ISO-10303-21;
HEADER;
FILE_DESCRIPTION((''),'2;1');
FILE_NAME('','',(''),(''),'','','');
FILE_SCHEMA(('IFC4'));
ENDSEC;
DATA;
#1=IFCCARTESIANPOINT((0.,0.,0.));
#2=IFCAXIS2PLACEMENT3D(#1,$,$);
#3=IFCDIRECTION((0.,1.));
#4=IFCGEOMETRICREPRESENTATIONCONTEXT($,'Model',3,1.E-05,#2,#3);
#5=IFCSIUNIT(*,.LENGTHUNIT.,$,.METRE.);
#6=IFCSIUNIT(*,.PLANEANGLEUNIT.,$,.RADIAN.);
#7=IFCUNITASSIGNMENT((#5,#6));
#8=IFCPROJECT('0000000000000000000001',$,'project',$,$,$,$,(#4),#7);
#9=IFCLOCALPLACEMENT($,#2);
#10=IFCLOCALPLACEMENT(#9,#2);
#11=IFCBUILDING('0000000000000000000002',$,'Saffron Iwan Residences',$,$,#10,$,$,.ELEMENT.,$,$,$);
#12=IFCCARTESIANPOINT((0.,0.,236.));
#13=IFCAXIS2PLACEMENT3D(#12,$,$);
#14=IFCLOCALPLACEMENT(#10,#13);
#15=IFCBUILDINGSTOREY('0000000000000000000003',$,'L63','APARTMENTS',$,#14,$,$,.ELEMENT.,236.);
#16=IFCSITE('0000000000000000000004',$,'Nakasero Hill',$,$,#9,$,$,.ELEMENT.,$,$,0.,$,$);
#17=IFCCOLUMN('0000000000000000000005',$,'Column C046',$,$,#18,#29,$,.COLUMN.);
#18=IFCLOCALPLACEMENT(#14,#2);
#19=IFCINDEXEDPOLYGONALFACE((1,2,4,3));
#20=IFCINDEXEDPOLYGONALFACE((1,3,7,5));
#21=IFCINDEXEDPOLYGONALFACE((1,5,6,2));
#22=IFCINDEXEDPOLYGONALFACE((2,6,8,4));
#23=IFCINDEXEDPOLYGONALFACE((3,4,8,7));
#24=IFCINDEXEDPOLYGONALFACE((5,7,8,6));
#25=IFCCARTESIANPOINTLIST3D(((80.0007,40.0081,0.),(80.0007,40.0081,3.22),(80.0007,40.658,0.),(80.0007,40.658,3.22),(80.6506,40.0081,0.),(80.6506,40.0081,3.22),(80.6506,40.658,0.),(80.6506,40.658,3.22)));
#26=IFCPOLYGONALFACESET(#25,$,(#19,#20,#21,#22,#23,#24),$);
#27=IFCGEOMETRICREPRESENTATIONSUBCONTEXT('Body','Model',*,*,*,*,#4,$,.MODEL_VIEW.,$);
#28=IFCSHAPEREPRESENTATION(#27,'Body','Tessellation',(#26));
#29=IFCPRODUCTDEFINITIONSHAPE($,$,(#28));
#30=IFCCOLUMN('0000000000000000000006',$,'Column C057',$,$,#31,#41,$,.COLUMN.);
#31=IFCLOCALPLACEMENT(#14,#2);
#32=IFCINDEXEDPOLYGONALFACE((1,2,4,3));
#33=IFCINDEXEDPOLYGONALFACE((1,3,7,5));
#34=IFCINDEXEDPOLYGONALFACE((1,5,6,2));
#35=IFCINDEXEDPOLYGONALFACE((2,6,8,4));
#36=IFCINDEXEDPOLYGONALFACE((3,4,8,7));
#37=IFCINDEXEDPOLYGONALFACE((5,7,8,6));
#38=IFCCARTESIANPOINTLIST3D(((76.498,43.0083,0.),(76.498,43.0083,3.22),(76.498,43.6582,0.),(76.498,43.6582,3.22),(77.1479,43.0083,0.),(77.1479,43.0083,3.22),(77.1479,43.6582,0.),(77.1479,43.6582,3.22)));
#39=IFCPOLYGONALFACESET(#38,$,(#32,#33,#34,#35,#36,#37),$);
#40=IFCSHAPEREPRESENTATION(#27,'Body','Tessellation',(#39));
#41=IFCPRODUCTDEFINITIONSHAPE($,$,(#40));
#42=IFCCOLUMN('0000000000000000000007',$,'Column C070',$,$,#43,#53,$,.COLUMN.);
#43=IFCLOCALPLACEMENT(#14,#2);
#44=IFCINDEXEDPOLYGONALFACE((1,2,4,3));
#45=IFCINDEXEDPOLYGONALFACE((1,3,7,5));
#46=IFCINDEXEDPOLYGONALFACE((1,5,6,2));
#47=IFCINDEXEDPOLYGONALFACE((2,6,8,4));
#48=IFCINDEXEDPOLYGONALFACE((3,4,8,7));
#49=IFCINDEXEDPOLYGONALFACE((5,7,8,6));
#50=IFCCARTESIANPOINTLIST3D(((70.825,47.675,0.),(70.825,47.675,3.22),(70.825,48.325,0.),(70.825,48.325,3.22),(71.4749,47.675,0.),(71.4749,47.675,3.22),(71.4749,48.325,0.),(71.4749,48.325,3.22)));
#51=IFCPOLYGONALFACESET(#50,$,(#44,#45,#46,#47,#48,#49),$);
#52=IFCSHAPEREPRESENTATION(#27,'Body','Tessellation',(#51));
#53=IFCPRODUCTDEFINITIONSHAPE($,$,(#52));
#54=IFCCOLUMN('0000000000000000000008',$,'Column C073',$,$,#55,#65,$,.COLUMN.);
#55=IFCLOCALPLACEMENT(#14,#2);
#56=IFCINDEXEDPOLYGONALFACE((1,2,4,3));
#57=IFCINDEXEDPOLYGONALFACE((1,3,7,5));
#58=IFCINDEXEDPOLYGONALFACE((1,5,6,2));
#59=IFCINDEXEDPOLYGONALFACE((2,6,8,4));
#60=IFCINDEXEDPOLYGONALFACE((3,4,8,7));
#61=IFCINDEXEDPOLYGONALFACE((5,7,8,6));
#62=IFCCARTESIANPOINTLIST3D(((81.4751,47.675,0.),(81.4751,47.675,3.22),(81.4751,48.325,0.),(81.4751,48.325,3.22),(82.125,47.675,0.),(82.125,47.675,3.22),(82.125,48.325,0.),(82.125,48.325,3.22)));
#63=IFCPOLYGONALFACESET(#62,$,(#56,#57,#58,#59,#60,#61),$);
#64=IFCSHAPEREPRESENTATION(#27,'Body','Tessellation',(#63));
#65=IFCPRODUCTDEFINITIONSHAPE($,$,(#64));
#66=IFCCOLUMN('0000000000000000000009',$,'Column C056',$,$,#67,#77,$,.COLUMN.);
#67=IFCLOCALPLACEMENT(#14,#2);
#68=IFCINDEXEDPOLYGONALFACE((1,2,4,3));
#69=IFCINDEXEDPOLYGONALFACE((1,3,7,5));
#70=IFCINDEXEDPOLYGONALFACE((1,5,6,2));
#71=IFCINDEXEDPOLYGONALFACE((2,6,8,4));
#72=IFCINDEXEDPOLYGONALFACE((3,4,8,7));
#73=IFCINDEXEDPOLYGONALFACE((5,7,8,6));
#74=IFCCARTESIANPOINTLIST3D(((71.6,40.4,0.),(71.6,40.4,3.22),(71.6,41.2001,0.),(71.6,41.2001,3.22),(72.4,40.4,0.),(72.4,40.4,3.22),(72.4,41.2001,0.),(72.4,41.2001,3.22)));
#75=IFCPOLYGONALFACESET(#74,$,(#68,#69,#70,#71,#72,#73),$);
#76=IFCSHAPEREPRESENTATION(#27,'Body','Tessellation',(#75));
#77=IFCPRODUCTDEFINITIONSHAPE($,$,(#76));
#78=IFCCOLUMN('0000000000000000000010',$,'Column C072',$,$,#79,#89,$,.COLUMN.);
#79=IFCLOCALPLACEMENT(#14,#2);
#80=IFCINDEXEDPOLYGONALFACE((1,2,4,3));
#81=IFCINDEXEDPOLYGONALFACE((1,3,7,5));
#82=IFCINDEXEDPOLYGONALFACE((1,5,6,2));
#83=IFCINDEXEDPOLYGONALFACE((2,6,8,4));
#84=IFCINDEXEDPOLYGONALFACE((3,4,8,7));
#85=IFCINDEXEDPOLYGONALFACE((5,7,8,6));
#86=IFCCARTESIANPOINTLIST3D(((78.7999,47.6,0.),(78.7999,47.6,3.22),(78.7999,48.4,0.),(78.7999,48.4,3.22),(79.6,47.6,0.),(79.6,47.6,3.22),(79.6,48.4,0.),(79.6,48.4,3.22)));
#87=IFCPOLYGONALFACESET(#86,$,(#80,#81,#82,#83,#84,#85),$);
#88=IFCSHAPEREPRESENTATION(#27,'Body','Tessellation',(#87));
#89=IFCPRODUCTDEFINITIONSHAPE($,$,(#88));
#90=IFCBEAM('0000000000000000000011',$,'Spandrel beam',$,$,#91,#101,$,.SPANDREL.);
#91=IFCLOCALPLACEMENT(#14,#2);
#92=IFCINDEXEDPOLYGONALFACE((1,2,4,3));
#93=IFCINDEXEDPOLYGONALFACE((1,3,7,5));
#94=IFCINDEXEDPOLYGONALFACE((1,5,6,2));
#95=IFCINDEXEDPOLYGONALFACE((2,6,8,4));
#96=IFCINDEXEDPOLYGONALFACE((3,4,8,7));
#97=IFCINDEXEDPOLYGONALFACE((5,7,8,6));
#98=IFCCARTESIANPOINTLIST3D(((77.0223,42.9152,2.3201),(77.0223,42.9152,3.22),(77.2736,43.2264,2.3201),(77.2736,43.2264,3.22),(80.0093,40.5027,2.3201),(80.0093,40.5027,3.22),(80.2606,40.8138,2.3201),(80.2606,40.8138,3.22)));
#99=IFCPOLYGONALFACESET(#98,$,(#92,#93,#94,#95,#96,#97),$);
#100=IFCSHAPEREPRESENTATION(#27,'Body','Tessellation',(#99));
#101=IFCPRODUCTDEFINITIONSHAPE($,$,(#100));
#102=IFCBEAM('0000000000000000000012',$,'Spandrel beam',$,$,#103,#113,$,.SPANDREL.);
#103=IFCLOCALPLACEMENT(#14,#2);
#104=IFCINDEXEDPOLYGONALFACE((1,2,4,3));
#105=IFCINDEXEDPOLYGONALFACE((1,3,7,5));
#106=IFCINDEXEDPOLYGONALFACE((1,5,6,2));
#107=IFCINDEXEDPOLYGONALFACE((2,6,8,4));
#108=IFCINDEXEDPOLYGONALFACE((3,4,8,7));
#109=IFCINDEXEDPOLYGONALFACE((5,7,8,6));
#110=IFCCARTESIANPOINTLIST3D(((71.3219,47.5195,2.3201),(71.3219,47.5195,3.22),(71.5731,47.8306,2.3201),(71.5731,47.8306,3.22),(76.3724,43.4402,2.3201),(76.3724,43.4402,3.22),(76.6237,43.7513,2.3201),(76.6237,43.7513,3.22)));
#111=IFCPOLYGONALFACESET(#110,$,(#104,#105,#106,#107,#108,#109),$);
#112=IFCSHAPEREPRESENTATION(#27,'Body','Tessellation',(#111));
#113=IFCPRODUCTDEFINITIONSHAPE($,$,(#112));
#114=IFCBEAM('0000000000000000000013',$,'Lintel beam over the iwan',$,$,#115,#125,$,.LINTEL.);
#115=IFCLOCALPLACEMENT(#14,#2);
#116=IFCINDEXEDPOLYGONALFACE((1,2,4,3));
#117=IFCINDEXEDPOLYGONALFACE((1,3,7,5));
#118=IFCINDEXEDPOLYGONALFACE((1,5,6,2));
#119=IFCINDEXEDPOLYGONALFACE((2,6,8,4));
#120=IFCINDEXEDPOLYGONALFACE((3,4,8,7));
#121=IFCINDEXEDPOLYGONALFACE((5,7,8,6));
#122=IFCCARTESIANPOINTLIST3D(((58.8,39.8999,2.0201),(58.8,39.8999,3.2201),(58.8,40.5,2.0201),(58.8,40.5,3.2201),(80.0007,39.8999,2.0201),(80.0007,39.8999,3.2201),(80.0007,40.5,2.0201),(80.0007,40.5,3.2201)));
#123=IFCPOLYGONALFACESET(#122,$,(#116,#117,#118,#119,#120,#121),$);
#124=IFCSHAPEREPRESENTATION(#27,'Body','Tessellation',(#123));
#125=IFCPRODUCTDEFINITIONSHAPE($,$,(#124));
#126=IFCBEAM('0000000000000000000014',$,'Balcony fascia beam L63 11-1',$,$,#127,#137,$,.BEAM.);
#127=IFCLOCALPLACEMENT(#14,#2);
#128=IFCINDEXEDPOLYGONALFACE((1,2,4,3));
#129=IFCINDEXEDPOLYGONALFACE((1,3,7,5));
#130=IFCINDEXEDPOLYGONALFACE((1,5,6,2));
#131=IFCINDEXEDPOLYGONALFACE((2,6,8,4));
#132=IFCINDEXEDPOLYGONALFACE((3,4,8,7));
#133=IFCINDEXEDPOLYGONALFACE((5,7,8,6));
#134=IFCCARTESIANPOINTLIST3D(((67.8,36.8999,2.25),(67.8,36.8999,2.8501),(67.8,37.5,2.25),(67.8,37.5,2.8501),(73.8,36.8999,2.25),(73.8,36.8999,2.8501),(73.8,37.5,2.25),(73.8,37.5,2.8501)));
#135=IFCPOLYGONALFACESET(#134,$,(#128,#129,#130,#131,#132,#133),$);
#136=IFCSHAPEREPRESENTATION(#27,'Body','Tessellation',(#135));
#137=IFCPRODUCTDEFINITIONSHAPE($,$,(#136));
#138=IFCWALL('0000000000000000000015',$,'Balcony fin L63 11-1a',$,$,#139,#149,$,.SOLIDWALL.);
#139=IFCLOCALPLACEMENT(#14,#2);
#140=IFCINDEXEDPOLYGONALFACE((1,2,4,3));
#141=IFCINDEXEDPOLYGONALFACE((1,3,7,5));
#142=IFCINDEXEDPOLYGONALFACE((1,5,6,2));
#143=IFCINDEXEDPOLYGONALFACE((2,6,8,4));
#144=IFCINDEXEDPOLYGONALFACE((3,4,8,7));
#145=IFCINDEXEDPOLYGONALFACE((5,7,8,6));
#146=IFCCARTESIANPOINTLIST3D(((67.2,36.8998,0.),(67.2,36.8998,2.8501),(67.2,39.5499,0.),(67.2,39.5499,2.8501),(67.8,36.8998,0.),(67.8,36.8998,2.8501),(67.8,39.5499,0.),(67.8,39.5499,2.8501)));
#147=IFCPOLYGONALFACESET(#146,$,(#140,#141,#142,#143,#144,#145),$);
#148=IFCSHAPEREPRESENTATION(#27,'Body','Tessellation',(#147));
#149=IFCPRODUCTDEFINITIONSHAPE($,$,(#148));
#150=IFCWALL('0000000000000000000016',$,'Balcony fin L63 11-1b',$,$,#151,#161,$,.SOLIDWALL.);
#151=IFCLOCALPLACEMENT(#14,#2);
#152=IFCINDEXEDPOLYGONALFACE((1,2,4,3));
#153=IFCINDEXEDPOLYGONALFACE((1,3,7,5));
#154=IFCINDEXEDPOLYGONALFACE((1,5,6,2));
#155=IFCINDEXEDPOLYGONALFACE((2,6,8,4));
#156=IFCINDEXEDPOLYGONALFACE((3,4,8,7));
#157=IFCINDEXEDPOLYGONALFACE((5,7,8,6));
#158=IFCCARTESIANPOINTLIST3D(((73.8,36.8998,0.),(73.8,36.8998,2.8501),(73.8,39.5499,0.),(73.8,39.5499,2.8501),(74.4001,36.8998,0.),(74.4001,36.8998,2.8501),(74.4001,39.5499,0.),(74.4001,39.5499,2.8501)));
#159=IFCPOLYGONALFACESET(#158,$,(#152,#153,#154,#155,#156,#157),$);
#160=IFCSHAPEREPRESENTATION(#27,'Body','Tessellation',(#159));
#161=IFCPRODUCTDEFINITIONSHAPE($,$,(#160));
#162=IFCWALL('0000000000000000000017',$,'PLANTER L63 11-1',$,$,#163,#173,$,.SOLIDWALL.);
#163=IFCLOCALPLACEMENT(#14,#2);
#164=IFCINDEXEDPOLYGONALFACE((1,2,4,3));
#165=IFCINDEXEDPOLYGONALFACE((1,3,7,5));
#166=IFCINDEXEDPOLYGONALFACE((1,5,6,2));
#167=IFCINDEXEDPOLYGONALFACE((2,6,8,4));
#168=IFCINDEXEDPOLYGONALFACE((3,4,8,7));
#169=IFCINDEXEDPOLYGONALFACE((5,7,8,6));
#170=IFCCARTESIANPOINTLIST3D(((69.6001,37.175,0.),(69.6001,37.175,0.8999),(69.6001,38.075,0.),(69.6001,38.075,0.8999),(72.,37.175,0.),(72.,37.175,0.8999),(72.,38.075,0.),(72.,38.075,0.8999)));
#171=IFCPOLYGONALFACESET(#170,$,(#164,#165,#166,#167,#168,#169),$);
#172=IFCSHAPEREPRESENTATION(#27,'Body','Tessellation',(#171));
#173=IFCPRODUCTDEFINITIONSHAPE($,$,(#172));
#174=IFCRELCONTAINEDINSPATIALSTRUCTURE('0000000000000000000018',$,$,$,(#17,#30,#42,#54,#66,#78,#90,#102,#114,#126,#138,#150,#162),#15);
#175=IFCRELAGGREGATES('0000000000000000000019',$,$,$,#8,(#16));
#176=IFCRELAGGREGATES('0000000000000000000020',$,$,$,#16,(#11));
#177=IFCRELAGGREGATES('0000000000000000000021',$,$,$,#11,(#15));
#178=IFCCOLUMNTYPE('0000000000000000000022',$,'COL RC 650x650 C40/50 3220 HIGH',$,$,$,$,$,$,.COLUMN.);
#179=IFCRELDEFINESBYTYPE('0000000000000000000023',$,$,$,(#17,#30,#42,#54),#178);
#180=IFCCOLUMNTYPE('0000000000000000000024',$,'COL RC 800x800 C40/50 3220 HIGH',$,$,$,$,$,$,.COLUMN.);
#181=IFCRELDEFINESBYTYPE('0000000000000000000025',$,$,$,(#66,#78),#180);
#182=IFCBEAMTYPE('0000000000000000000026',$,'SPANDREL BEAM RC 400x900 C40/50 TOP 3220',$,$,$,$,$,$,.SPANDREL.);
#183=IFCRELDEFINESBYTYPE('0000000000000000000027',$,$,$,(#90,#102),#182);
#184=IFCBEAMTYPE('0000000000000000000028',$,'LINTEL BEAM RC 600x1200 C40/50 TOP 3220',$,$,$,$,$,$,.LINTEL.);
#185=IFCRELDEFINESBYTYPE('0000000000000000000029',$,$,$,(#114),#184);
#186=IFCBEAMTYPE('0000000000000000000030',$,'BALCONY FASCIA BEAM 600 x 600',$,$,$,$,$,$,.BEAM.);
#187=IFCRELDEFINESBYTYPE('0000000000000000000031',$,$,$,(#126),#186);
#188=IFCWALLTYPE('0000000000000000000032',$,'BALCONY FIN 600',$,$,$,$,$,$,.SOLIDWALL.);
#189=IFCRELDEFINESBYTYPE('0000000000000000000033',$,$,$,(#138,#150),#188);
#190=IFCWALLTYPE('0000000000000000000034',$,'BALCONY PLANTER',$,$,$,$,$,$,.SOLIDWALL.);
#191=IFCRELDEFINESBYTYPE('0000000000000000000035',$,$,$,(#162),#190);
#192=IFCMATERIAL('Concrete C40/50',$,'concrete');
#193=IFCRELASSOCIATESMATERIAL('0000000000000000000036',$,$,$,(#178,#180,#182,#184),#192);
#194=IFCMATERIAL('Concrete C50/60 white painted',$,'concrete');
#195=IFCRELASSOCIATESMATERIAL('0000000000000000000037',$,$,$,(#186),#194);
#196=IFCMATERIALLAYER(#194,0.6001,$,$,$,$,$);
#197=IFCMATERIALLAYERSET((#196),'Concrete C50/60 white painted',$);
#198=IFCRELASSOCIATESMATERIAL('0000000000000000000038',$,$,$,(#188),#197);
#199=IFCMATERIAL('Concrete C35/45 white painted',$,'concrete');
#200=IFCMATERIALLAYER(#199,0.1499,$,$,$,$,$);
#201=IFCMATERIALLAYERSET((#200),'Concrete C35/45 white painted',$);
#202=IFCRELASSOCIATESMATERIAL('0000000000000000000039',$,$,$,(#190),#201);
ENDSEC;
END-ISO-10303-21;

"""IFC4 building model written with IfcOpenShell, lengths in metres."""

from ifc_helpers import new_model, si_unit, direction, frame, frame_2d, origin, origin_2d, place, context, subcontext, project, spatial, rectangle, extrude, source, transform, mapped, material, layer, layer_set, material_profile, profile_set, type_object, element, save


model = new_model("IFC4")

# Units and contexts
model_context = context("Model", 3, precision=1e-05, world=origin(), true_north=direction((0.0, 1.0)))
body_context = subcontext(model_context, "Body", "Model", "MODEL_VIEW")
ifc_project = project(units=[si_unit("LENGTHUNIT", "METRE"), si_unit("PLANEANGLEUNIT", "RADIAN")], contexts=[model_context])

# Site, building, storey
site_placement = place(None, origin())
site = spatial("IfcSite", under=ifc_project, at=site_placement, Name="Nakasero Hill", CompositionType="ELEMENT", RefElevation=0.0)
building_placement = place(site_placement, origin())
building = spatial("IfcBuilding", under=site, at=building_placement, Name="Saffron Iwan Residences", CompositionType="ELEMENT")
storey_placement = place(building_placement, frame((0.0, 0.0, 236.0)))
storey = spatial("IfcBuildingStorey", under=building, at=storey_placement, Name="L63", Description="APARTMENTS", CompositionType="ELEMENT", Elevation=236.0)

# Columns
ifc_material_1 = material(Name="Concrete C40/50", Category="concrete")
ifc_material_profile_1 = material_profile(ifc_material_1, rectangle(XDim=0.6499, YDim=0.6499, at=origin_2d()), Name="RC 650x650")
ifc_profile_set_1 = profile_set([ifc_material_profile_1], Name="Concrete C40/50")
column_type_1 = type_object("IfcColumnType", Name="COL RC 650x650 C40/50 3220 HIGH", PredefinedType="COLUMN", material=ifc_profile_set_1)
shared_shape_1 = source(origin(), body_context, "Body", "SweptSolid", [
    extrude(rectangle(XDim=0.6499, YDim=0.6499, at=origin_2d()), origin(), (0.0, 0.0, 1.0), 3.22),
])
for number, where, z_axis, x_axis, name in (
    (1, (80.3257, 40.333, 0.0), (0.0, 0.0, 1.0), (1.0, 0.0, 0.0), "Column C046"),
    (2, (76.823, 43.3333, 0.0), (0.0, 0.0, 1.0), (1.0, 0.0, 0.0), "Column C057"),
    (3, (71.1499, 48.0, 0.0), (0.0, 0.0, 1.0), (1.0, 0.0, 0.0), "Column C070"),
    (4, (81.8, 48.0, 0.0), (0.0, 0.0, 1.0), (1.0, 0.0, 0.0), "Column C073"),
):
    element("IfcColumn", number, at=place(storey_placement, frame(where, z_axis=z_axis, x_axis=x_axis)), inside=storey, type_object=column_type_1, Name=name, PredefinedType="COLUMN", context=body_context, shape_type="MappedRepresentation", body=[
        mapped(shared_shape_1, transform((0.0, 0.0, 0.0))),
    ])
ifc_material_profile_2 = material_profile(ifc_material_1, rectangle(XDim=0.8, YDim=0.8, at=origin_2d()), Name="RC 800x800")
ifc_profile_set_2 = profile_set([ifc_material_profile_2], Name="Concrete C40/50")
column_type_2 = type_object("IfcColumnType", Name="COL RC 800x800 C40/50 3220 HIGH", PredefinedType="COLUMN", material=ifc_profile_set_2)
shared_shape_2 = source(origin(), body_context, "Body", "SweptSolid", [
    extrude(rectangle(XDim=0.8, YDim=0.8, at=origin_2d()), origin(), (0.0, 0.0, 1.0), 3.22),
])
for number, where, z_axis, x_axis, name in (
    (5, (72.0, 40.8, 0.0), (0.0, 0.0, 1.0), (1.0, 0.0, 0.0), "Column C056"),
    (6, (79.2, 48.0, 0.0), (0.0, 0.0, 1.0), (1.0, 0.0, 0.0), "Column C072"),
):
    element("IfcColumn", number, at=place(storey_placement, frame(where, z_axis=z_axis, x_axis=x_axis)), inside=storey, type_object=column_type_2, Name=name, PredefinedType="COLUMN", context=body_context, shape_type="MappedRepresentation", body=[
        mapped(shared_shape_2, transform((0.0, 0.0, 0.0))),
    ])

# Beams
ifc_material_profile_3 = material_profile(ifc_material_1, rectangle(XDim=0.3999, YDim=0.8999, at=origin_2d()), Name="RC 400x900")
ifc_profile_set_3 = profile_set([ifc_material_profile_3], Name="Concrete C40/50")
beam_type_1 = type_object("IfcBeamType", Name="SPANDREL BEAM RC 400x900 C40/50 TOP 3220", PredefinedType="SPANDREL", material=ifc_profile_set_3)
shared_shape_3 = source(origin(), body_context, "Body", "SweptSolid", [
    extrude(rectangle(XDim=0.3999, YDim=0.8999, at=origin_2d()), origin(), (0.0, 0.0, 1.0), 3.8396),
])
beam_1_placement = place(storey_placement, frame((77.1479, 43.0708, 2.77), z_axis=(0.777945, -0.628333, 0.0), x_axis=(0.628333, 0.777945, 0.0)))
element("IfcBeam", 7, at=beam_1_placement, inside=storey, type_object=beam_type_1, Name="Spandrel beam", PredefinedType="SPANDREL", context=body_context, shape_type="MappedRepresentation", body=[
    mapped(shared_shape_3, transform((0.0, 0.0, 0.0))),
])
shared_shape_4 = source(origin(), body_context, "Body", "SweptSolid", [
    extrude(rectangle(XDim=0.3999, YDim=0.8999, at=origin_2d()), origin(), (0.0, 0.0, 1.0), 6.4922),
])
beam_2_placement = place(storey_placement, frame((71.4475, 47.675, 2.77), z_axis=(0.777936, -0.628343, 0.0), x_axis=(0.628343, 0.777936, 0.0)))
element("IfcBeam", 8, at=beam_2_placement, inside=storey, type_object=beam_type_1, Name="Spandrel beam", PredefinedType="SPANDREL", context=body_context, shape_type="MappedRepresentation", body=[
    mapped(shared_shape_4, transform((0.0, 0.0, 0.0))),
])
ifc_material_profile_4 = material_profile(ifc_material_1, rectangle(XDim=0.6001, YDim=1.2, at=origin_2d()), Name="RC 600x1200")
ifc_profile_set_4 = profile_set([ifc_material_profile_4], Name="Concrete C40/50")
beam_type_2 = type_object("IfcBeamType", Name="LINTEL BEAM RC 600x1200 C40/50 TOP 3220", PredefinedType="LINTEL", material=ifc_profile_set_4)
shared_shape_5 = source(origin(), body_context, "Body", "SweptSolid", [
    extrude(rectangle(XDim=0.6001, YDim=1.2, at=origin_2d()), origin(), (0.0, 0.0, 1.0), 21.2007),
])
beam_3_placement = place(storey_placement, frame((80.0007, 40.2, 2.6201), z_axis=(-1.0, 0.0, 0.0), x_axis=(0.0, -1.0, 0.0)))
element("IfcBeam", 9, at=beam_3_placement, inside=storey, type_object=beam_type_2, Name="Lintel beam over the iwan", PredefinedType="LINTEL", context=body_context, shape_type="MappedRepresentation", body=[
    mapped(shared_shape_5, transform((0.0, 0.0, 0.0))),
])
ifc_material_2 = material(Name="Concrete C50/60 white painted", Category="concrete")
ifc_material_profile_5 = material_profile(ifc_material_2, rectangle(XDim=0.6001, YDim=0.6001, at=origin_2d()), Name="BALCONY FASCIA BEAM 600 x 600")
ifc_profile_set_5 = profile_set([ifc_material_profile_5], Name="Concrete C50/60 white painted")
beam_type_3 = type_object("IfcBeamType", Name="BALCONY FASCIA BEAM 600 x 600", PredefinedType="BEAM", material=ifc_profile_set_5)
shared_shape_6 = source(origin(), body_context, "Body", "SweptSolid", [
    extrude(rectangle(XDim=0.6001, YDim=0.6001, at=origin_2d()), origin(), (0.0, 0.0, 1.0), 6.0),
])
beam_4_placement = place(storey_placement, frame((67.8, 37.2, 2.55), z_axis=(1.0, 0.0, 0.0), x_axis=(0.0, 1.0, 0.0)))
element("IfcBeam", 10, at=beam_4_placement, inside=storey, type_object=beam_type_3, Name="Balcony fascia beam L63 11-1", PredefinedType="BEAM", context=body_context, shape_type="MappedRepresentation", body=[
    mapped(shared_shape_6, transform((0.0, 0.0, 0.0))),
])

# Walls
ifc_layer_1 = layer(ifc_material_2, 0.6001)
ifc_layer_set_1 = layer_set([ifc_layer_1], Name="Concrete C50/60 white painted")
wall_type_1 = type_object("IfcWallType", Name="BALCONY FIN 600", PredefinedType="SOLIDWALL", material=ifc_layer_set_1)
for number, where, z_axis, x_axis, name in (
    (11, (67.5, 39.55, 0.0), (0.0, 0.0, 1.0), (0.0, -1.0, 0.0), "Balcony fin L63 11-1a"),
    (12, (74.1001, 39.55, 0.0), (0.0, 0.0, 1.0), (0.0, -1.0, 0.0), "Balcony fin L63 11-1b"),
):
    element("IfcWall", number, at=place(storey_placement, frame(where, z_axis=z_axis, x_axis=x_axis)), inside=storey, type_object=wall_type_1, Name=name, PredefinedType="SOLIDWALL", context=body_context, shape_type="SweptSolid", body=[
        extrude(rectangle(XDim=2.6501, YDim=0.6001, at=frame_2d((1.3252, 0.0))), origin(), (0.0, 0.0, 1.0), 2.8501),
    ])
ifc_material_3 = material(Name="Concrete C35/45 white painted", Category="concrete")
ifc_layer_2 = layer(ifc_material_3, 0.1499)
ifc_layer_set_2 = layer_set([ifc_layer_2], Name="Concrete C35/45 white painted")
wall_type_2 = type_object("IfcWallType", Name="BALCONY PLANTER", PredefinedType="SOLIDWALL", material=ifc_layer_set_2)
wall_1_placement = place(storey_placement, frame((69.6001, 37.625, 0.0), z_axis=(0.0, 0.0, 1.0), x_axis=(1.0, 0.0, 0.0)))
element("IfcWall", 13, at=wall_1_placement, inside=storey, type_object=wall_type_2, Name="PLANTER L63 11-1", PredefinedType="SOLIDWALL", context=body_context, shape_type="SweptSolid", body=[
    extrude(rectangle(XDim=2.3999, YDim=0.8999, at=frame_2d((1.2, 0.0))), origin(), (0.0, 0.0, 1.0), 0.8999),
])

save(model, "model.ifc")
